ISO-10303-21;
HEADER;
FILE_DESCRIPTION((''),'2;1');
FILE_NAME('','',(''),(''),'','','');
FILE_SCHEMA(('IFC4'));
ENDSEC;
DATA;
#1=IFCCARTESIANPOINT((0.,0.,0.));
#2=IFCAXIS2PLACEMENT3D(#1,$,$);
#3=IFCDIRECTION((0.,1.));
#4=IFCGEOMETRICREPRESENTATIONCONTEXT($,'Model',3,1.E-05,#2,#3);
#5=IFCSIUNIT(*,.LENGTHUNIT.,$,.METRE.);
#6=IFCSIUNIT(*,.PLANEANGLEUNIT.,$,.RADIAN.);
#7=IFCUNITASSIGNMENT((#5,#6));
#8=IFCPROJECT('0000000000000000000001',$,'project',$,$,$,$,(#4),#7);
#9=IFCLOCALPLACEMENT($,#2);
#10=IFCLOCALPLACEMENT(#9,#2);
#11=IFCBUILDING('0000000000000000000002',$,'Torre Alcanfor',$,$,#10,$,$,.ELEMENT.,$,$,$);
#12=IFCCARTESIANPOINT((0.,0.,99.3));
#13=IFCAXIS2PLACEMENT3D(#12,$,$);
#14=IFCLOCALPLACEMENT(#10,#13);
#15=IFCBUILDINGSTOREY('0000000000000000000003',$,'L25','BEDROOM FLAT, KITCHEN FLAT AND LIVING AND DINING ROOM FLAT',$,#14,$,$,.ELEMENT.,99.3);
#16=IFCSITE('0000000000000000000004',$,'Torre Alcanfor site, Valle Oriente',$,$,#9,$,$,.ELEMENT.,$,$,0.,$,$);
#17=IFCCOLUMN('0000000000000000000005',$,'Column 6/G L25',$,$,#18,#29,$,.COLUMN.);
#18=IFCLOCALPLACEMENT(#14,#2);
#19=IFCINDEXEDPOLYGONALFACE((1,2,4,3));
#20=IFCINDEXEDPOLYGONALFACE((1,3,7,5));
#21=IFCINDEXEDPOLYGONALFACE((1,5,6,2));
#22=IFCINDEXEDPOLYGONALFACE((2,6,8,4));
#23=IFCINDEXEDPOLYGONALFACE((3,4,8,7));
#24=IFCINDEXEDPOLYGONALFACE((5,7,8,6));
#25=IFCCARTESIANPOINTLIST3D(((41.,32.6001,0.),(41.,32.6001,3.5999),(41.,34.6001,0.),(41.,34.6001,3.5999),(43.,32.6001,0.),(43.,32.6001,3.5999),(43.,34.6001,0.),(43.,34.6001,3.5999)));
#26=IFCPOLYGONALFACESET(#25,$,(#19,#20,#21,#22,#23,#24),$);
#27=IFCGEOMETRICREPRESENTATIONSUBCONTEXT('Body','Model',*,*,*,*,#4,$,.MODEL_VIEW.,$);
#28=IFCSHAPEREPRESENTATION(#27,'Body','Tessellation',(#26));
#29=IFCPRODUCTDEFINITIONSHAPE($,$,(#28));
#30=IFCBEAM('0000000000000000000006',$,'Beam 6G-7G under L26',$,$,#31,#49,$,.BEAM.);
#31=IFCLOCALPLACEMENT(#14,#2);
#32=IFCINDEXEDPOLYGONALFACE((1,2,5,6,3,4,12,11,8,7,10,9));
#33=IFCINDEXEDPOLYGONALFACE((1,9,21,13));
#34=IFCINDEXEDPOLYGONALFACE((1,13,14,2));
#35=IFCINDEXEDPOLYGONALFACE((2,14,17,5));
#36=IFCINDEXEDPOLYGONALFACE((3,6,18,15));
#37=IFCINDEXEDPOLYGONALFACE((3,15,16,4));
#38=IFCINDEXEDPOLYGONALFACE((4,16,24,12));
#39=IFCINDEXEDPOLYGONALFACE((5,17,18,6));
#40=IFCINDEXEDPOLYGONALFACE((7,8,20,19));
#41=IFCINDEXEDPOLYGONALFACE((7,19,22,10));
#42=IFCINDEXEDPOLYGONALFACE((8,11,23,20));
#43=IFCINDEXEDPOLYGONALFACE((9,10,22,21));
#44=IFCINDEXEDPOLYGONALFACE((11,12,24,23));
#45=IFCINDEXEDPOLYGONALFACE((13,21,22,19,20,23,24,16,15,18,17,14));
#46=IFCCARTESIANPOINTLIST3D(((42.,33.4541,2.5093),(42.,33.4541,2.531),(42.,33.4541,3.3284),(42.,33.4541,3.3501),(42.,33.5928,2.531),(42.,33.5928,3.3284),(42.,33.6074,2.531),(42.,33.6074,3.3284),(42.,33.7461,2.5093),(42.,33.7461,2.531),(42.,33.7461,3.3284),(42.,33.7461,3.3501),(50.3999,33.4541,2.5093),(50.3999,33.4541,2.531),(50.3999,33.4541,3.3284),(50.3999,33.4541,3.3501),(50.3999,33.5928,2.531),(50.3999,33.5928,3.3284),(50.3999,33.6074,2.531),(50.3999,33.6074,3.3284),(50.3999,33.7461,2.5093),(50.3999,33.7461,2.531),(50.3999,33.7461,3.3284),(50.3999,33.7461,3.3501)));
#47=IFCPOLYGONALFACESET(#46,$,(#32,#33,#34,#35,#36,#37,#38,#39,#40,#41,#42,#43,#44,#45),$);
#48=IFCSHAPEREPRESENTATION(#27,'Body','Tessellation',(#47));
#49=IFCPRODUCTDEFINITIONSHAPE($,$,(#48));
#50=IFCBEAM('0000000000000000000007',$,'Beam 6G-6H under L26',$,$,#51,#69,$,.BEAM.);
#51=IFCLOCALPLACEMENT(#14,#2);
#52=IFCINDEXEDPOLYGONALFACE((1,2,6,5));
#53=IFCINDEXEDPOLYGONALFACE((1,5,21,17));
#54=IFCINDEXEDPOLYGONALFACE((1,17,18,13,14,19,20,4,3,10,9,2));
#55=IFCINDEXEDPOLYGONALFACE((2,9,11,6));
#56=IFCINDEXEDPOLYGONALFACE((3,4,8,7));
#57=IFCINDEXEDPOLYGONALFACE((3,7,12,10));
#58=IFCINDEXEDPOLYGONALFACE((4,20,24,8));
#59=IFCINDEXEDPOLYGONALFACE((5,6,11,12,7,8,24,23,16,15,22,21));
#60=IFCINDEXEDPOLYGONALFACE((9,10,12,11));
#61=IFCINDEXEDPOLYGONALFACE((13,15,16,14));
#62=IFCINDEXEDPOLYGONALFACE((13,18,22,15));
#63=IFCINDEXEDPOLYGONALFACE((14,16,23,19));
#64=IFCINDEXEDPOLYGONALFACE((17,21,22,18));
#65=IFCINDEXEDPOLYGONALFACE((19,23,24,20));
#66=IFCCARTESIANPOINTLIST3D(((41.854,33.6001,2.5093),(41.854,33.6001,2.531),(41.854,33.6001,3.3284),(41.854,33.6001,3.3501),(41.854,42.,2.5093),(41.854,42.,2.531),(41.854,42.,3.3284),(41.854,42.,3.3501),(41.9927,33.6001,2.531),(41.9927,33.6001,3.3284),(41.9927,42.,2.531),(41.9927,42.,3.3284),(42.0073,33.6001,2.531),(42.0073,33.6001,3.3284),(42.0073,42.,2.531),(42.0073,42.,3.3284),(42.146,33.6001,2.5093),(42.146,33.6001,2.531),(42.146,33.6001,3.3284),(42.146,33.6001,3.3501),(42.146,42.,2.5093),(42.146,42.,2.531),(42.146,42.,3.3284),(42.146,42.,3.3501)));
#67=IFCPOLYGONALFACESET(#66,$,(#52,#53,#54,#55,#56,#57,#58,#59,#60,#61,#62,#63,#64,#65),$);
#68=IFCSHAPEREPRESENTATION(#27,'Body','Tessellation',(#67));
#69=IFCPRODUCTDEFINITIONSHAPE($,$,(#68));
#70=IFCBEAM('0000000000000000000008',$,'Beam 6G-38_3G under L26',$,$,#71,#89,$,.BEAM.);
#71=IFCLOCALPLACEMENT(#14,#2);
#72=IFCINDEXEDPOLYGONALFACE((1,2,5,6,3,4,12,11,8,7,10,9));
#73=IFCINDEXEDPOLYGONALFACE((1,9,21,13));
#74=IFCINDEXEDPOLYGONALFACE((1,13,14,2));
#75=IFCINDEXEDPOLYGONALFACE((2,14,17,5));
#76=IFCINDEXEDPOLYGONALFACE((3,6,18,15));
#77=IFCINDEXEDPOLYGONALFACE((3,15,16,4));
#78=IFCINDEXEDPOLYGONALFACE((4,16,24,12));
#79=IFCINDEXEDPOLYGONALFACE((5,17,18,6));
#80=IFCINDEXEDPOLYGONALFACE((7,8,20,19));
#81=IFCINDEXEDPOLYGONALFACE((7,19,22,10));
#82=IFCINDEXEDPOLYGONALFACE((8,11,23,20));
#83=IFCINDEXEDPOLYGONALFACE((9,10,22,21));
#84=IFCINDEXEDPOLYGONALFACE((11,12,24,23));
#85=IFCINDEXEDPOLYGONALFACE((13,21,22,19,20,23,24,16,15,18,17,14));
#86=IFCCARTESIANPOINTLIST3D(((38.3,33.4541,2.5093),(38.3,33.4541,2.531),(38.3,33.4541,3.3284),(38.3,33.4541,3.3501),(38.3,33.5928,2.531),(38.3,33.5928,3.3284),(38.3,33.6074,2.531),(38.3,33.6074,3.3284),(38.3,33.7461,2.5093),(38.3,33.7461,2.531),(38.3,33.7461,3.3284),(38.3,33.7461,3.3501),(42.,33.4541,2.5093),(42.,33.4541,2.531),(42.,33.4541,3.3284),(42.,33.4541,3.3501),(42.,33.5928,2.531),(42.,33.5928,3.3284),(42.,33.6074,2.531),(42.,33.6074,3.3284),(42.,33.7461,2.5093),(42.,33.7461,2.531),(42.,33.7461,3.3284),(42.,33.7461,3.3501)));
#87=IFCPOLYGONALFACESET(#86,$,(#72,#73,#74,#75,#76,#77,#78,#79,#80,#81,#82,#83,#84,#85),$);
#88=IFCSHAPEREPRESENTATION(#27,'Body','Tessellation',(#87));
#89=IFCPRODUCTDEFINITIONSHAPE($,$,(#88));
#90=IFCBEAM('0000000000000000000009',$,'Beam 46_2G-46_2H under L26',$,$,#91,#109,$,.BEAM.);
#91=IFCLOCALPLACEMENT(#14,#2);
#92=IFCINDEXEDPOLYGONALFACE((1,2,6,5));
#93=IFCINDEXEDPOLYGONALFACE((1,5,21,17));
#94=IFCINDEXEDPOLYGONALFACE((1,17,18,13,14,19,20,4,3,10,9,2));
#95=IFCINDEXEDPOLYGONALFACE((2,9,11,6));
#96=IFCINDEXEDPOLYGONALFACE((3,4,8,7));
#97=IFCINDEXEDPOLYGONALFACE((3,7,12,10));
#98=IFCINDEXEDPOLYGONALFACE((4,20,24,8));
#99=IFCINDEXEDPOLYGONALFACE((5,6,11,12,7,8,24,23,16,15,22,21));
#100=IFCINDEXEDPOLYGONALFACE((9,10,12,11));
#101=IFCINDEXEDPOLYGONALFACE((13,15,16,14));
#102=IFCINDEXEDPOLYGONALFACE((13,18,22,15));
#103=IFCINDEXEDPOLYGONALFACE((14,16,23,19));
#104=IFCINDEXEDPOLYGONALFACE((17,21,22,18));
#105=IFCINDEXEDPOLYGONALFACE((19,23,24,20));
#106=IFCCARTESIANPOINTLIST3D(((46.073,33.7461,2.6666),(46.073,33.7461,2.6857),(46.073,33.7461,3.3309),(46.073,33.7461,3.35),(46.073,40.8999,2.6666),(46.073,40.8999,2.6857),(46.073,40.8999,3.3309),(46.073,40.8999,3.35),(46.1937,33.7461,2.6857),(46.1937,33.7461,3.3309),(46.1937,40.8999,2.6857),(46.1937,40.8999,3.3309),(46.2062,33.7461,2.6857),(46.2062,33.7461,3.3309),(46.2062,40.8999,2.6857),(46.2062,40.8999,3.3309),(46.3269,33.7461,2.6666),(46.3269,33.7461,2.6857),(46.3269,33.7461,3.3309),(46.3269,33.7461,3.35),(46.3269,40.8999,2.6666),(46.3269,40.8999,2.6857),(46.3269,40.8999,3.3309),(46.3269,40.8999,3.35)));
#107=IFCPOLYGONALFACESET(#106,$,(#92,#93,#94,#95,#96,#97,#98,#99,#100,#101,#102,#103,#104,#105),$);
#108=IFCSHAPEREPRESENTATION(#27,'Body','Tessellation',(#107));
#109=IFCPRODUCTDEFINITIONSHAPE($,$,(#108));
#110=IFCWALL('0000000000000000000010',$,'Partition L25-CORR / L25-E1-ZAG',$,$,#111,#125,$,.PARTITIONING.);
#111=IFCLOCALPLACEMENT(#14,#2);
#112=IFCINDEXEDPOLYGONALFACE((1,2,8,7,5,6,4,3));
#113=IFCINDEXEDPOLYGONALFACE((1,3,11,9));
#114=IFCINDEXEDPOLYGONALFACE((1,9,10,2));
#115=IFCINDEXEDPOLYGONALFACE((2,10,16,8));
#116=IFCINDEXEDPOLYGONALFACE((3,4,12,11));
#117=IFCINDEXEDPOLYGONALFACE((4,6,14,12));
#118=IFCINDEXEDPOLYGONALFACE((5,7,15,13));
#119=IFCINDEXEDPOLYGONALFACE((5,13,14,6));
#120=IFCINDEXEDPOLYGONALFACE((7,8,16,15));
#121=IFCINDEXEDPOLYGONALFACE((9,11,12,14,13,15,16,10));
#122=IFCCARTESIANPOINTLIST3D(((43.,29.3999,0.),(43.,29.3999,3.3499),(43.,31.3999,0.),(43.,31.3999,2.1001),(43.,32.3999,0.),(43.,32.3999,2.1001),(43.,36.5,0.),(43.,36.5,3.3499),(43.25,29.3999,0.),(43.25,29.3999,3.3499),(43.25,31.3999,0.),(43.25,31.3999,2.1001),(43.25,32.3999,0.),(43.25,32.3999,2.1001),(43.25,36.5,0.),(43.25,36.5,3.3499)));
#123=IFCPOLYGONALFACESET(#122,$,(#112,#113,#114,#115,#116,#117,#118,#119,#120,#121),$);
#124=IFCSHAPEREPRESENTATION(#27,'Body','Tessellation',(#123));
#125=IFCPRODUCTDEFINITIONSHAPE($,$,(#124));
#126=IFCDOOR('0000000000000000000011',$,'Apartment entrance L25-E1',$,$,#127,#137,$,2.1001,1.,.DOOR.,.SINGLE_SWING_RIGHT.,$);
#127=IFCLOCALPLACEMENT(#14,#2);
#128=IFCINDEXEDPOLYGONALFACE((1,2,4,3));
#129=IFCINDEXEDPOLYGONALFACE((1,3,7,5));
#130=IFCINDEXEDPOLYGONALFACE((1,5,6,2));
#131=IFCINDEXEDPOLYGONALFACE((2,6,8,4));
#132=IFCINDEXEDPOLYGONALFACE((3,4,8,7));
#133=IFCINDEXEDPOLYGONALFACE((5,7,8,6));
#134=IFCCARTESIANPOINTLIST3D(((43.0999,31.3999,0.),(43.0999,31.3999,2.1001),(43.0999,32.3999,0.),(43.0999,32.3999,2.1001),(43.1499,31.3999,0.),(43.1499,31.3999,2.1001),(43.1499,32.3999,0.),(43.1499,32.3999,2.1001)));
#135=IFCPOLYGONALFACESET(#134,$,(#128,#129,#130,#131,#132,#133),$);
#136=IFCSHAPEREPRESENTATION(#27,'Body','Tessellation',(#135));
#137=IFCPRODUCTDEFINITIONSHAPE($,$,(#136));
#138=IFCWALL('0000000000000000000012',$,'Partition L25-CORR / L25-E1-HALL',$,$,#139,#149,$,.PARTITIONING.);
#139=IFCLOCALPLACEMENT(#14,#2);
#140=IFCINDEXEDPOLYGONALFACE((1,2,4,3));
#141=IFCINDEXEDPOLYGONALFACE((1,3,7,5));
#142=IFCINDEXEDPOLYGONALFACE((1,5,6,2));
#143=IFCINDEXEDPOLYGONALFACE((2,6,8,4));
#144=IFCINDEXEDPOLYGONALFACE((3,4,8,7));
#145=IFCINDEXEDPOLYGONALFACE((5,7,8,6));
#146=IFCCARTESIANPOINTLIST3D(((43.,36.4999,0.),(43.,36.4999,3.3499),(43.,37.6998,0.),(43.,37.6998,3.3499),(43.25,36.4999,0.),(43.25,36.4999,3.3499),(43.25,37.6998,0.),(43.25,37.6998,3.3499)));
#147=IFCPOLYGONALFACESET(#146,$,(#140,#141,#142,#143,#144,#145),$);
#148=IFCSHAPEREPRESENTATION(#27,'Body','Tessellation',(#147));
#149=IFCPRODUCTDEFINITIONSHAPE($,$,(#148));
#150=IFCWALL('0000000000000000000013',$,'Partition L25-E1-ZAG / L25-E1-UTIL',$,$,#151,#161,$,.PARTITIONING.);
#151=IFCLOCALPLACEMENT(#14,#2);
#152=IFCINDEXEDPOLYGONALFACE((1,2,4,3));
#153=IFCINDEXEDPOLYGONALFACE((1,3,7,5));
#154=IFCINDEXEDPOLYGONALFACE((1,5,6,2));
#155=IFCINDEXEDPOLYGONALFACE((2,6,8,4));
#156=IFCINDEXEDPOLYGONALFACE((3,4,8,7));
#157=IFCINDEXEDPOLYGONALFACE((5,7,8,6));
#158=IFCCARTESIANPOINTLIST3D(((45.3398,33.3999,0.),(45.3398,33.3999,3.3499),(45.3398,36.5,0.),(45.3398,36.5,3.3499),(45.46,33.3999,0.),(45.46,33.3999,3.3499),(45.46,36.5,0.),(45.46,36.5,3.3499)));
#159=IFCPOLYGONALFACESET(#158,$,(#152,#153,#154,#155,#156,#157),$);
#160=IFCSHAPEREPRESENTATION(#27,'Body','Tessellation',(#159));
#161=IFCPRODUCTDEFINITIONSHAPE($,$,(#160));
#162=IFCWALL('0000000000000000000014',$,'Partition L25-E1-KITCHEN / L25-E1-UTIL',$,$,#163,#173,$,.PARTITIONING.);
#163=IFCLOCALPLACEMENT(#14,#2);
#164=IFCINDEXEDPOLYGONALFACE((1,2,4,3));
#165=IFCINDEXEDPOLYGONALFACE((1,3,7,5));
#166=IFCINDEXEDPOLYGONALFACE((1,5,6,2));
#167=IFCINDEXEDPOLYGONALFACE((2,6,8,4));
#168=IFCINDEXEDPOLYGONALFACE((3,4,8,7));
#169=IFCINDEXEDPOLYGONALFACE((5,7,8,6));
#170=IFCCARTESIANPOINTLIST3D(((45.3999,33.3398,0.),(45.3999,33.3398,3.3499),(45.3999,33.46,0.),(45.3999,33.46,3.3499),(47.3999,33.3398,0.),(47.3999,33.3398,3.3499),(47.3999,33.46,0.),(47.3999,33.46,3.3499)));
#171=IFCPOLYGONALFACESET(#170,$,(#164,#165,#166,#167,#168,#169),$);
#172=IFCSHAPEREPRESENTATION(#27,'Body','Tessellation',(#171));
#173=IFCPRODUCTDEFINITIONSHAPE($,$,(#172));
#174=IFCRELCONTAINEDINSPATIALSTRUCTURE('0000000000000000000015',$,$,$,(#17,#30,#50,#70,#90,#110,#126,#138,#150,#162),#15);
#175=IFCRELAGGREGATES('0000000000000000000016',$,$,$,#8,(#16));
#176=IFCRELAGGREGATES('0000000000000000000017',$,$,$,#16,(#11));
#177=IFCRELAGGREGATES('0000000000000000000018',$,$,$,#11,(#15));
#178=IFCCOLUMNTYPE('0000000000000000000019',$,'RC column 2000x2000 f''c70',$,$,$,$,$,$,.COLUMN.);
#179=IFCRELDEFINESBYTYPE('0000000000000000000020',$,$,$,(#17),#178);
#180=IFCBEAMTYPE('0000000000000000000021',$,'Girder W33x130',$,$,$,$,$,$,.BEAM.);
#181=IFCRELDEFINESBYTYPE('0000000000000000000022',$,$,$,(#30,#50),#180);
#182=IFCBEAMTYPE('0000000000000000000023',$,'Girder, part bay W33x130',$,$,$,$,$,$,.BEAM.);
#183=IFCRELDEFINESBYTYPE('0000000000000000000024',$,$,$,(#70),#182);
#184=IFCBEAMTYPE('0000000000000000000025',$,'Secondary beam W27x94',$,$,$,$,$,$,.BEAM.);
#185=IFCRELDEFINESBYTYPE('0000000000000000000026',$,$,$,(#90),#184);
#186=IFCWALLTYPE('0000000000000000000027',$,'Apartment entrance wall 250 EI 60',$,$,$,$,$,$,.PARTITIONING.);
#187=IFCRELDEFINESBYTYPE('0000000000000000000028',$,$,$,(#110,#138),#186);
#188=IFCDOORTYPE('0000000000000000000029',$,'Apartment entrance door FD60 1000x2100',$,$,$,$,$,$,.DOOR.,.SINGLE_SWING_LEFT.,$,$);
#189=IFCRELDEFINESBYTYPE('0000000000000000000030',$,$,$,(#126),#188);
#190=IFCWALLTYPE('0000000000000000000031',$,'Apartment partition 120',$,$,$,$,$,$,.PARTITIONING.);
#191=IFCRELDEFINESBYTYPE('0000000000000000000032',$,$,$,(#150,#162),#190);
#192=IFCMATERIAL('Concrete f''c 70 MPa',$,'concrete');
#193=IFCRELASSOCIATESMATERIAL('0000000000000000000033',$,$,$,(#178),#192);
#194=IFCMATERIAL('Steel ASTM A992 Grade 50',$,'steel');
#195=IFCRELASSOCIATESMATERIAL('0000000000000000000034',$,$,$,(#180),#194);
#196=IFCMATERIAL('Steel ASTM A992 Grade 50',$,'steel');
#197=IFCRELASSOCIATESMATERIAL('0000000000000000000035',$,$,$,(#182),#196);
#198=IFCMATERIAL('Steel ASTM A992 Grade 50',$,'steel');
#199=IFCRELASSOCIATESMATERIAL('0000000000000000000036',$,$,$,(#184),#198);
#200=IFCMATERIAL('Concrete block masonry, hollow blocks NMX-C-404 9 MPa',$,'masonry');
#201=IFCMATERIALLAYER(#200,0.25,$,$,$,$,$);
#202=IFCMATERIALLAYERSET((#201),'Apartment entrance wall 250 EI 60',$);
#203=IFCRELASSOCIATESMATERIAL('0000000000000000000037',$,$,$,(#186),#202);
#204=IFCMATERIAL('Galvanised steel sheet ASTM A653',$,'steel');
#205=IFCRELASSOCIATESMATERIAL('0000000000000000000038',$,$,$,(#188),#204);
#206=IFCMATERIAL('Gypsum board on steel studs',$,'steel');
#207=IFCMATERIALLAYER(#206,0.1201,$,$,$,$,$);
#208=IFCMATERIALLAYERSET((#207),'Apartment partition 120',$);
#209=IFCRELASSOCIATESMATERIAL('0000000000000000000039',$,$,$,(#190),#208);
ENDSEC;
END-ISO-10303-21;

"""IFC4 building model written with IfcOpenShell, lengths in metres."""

from ifc_helpers import new_model, si_unit, direction, frame, frame_2d, origin, origin_2d, place, context, subcontext, project, spatial, rectangle, i_section, extrude, material, layer, layer_set, material_profile, profile_set, type_object, element, fill, save


model = new_model("IFC4")

# Units and contexts
model_context = context("Model", 3, precision=1e-05, world=origin(), true_north=direction((0.0, 1.0)))
body_context = subcontext(model_context, "Body", "Model", "MODEL_VIEW")
ifc_project = project(units=[si_unit("LENGTHUNIT", "METRE"), si_unit("PLANEANGLEUNIT", "RADIAN")], contexts=[model_context])

# Site, building, storey
site_placement = place(None, origin())
site = spatial("IfcSite", under=ifc_project, at=site_placement, Name="Torre Alcanfor site, Valle Oriente", CompositionType="ELEMENT", RefElevation=0.0)
building_placement = place(site_placement, origin())
building = spatial("IfcBuilding", under=site, at=building_placement, Name="Torre Alcanfor", CompositionType="ELEMENT")
storey_placement = place(building_placement, frame((0.0, 0.0, 99.3)))
storey = spatial("IfcBuildingStorey", under=building, at=storey_placement, Name="L25", Description="BEDROOM FLAT, KITCHEN FLAT AND LIVING AND DINING ROOM FLAT", CompositionType="ELEMENT", Elevation=99.3)

# Column
ifc_material_1 = material(Name="Concrete f'c 70 MPa", Category="concrete")
ifc_material_profile_1 = material_profile(ifc_material_1, rectangle(XDim=2.0, YDim=2.0, at=origin_2d()), Name="2000x2000")
ifc_profile_set_1 = profile_set([ifc_material_profile_1], Name="Concrete f'c 70 MPa")
column_type = type_object("IfcColumnType", Name="RC column 2000x2000 f'c70", PredefinedType="COLUMN", material=ifc_profile_set_1)
column_placement = place(storey_placement, frame((42.0, 33.6001, 0.0), z_axis=(0.0, 0.0, 1.0), x_axis=(1.0, 0.0, 0.0)))
element("IfcColumn", 1, at=column_placement, inside=storey, type_object=column_type, Name="Column 6/G L25", PredefinedType="COLUMN", context=body_context, shape_type="SweptSolid", body=[
    extrude(rectangle(XDim=2.0, YDim=2.0, at=origin_2d()), origin(), (0.0, 0.0, 1.0), 3.5999),
])

# Beams
ifc_material_2 = material(Name="Steel ASTM A992 Grade 50", Category="steel")
ifc_material_profile_2 = material_profile(ifc_material_2, i_section(OverallWidth=0.292, OverallDepth=0.8408, WebThickness=0.0146, FlangeThickness=0.0217, at=origin_2d()), Name="W33x130")
ifc_profile_set_2 = profile_set([ifc_material_profile_2], Name="Steel ASTM A992 Grade 50")
beam_type_1 = type_object("IfcBeamType", Name="Girder W33x130", PredefinedType="BEAM", material=ifc_profile_set_2)
for number, where, z_axis, x_axis, name in (
    (2, (42.0, 33.6001, 2.9297), (1.0, 0.0, 0.0), (0.0, 1.0, 0.0), "Beam 6G-7G under L26"),
    (3, (42.0, 33.6001, 2.9297), (0.0, 1.0, 0.0), (-1.0, 0.0, 0.0), "Beam 6G-6H under L26"),
):
    element("IfcBeam", number, at=place(storey_placement, frame(where, z_axis=z_axis, x_axis=x_axis)), inside=storey, type_object=beam_type_1, Name=name, PredefinedType="BEAM", context=body_context, shape_type="SweptSolid", body=[
        extrude(i_section(OverallWidth=0.292, OverallDepth=0.8408, WebThickness=0.0146, FlangeThickness=0.0217, at=origin_2d()), origin(), (0.0, 0.0, 1.0), 8.3999),
    ])
ifc_material_3 = material(Name="Steel ASTM A992 Grade 50", Category="steel")
ifc_material_profile_3 = material_profile(ifc_material_3, i_section(OverallWidth=0.292, OverallDepth=0.8408, WebThickness=0.0146, FlangeThickness=0.0217, at=origin_2d()), Name="W33x130")
ifc_profile_set_3 = profile_set([ifc_material_profile_3], Name="Steel ASTM A992 Grade 50")
beam_type_2 = type_object("IfcBeamType", Name="Girder, part bay W33x130", PredefinedType="BEAM", material=ifc_profile_set_3)
beam_1_placement = place(storey_placement, frame((42.0, 33.6001, 2.9297), z_axis=(-1.0, 0.0, 0.0), x_axis=(0.0, -1.0, 0.0)))
element("IfcBeam", 4, at=beam_1_placement, inside=storey, type_object=beam_type_2, Name="Beam 6G-38_3G under L26", PredefinedType="BEAM", context=body_context, shape_type="SweptSolid", body=[
    extrude(i_section(OverallWidth=0.292, OverallDepth=0.8408, WebThickness=0.0146, FlangeThickness=0.0217, at=origin_2d()), origin(), (0.0, 0.0, 1.0), 3.7),
])
ifc_material_4 = material(Name="Steel ASTM A992 Grade 50", Category="steel")
ifc_material_profile_4 = material_profile(ifc_material_4, i_section(OverallWidth=0.2539, OverallDepth=0.6833, WebThickness=0.0125, FlangeThickness=0.019, at=origin_2d()), Name="W27x94")
ifc_profile_set_4 = profile_set([ifc_material_profile_4], Name="Steel ASTM A992 Grade 50")
beam_type_3 = type_object("IfcBeamType", Name="Secondary beam W27x94", PredefinedType="BEAM", material=ifc_profile_set_4)
beam_2_placement = place(storey_placement, frame((46.2, 33.7461, 3.0083), z_axis=(0.0, 1.0, 0.0), x_axis=(-1.0, 0.0, 0.0)))
element("IfcBeam", 5, at=beam_2_placement, inside=storey, type_object=beam_type_3, Name="Beam 46_2G-46_2H under L26", PredefinedType="BEAM", context=body_context, shape_type="SweptSolid", body=[
    extrude(i_section(OverallWidth=0.2539, OverallDepth=0.6833, WebThickness=0.0125, FlangeThickness=0.019, at=origin_2d()), origin(), (0.0, 0.0, 1.0), 7.1538),
])

# Wall, opening, door
ifc_material_5 = material(Name="Concrete block masonry, hollow blocks NMX-C-404 9 MPa", Category="masonry")
ifc_layer_1 = layer(ifc_material_5, 0.25)
ifc_layer_set_1 = layer_set([ifc_layer_1], Name="Apartment entrance wall 250 EI 60")
wall_type_1 = type_object("IfcWallType", Name="Apartment entrance wall 250 EI 60", PredefinedType="PARTITIONING", material=ifc_layer_set_1)
wall_1_placement = place(storey_placement, frame((43.125, 36.5, 0.0), z_axis=(0.0, 0.0, 1.0), x_axis=(0.0, -1.0, 0.0)))
wall_1 = element("IfcWall", 6, at=wall_1_placement, inside=storey, type_object=wall_type_1, Name="Partition L25-CORR / L25-E1-ZAG", PredefinedType="PARTITIONING", context=body_context, shape_type="SweptSolid", body=[
    extrude(rectangle(XDim=7.1001, YDim=0.25, at=frame_2d((3.55, 0.0))), origin(), (0.0, 0.0, 1.0), 3.3499),
])
opening_1_placement = place(wall_1_placement, frame((4.1001, 0.0, 0.0)))
opening_1 = element("IfcOpeningElement", 7, at=opening_1_placement, cuts=wall_1, PredefinedType="OPENING", context=body_context, shape_type="SweptSolid", body=[
    extrude(rectangle(XDim=1.0, YDim=2.1001, at=frame_2d((0.5, 1.05))), frame((0.0, 0.135, 0.0), z_axis=(0.0, -1.0, 0.0), x_axis=(1.0, 0.0, 0.0)), (0.0, 0.0, 1.0), 0.27),
])
ifc_material_6 = material(Name="Galvanised steel sheet ASTM A653", Category="steel")
door_type_1 = type_object("IfcDoorType", Name="Apartment entrance door FD60 1000x2100", OperationType="SINGLE_SWING_LEFT", PredefinedType="DOOR", material=ifc_material_6)
door_1_placement = place(opening_1_placement, origin())
door_1 = element("IfcDoor", 8, at=door_1_placement, inside=storey, type_object=door_type_1, Name="Apartment entrance L25-E1", OperationType="SINGLE_SWING_RIGHT", OverallHeight=2.1001, OverallWidth=1.0, PredefinedType="DOOR", context=body_context, shape_type="SweptSolid", body=[
    extrude(rectangle(XDim=1.0, YDim=2.1001, at=frame_2d((0.5, 1.05))), frame((0.0, 0.0249, 0.0), z_axis=(0.0, -1.0, 0.0), x_axis=(1.0, 0.0, 0.0)), (0.0, 0.0, 1.0), 0.05),
])
fill(opening_1, door_1)

# Walls
wall_2_placement = place(storey_placement, frame((43.125, 37.7, 0.0), z_axis=(0.0, 0.0, 1.0), x_axis=(0.0, -1.0, 0.0)))
element("IfcWall", 9, at=wall_2_placement, inside=storey, type_object=wall_type_1, Name="Partition L25-CORR / L25-E1-HALL", PredefinedType="PARTITIONING", context=body_context, shape_type="SweptSolid", body=[
    extrude(rectangle(XDim=1.2, YDim=0.25, at=frame_2d((0.6001, 0.0))), origin(), (0.0, 0.0, 1.0), 3.3499),
])
ifc_material_7 = material(Name="Gypsum board on steel studs", Category="steel")
ifc_layer_2 = layer(ifc_material_7, 0.1201)
ifc_layer_set_2 = layer_set([ifc_layer_2], Name="Apartment partition 120")
wall_type_2 = type_object("IfcWallType", Name="Apartment partition 120", PredefinedType="PARTITIONING", material=ifc_layer_set_2)
wall_3_placement = place(storey_placement, frame((45.3999, 33.3999, 0.0), z_axis=(0.0, 0.0, 1.0), x_axis=(0.0, 1.0, 0.0)))
element("IfcWall", 10, at=wall_3_placement, inside=storey, type_object=wall_type_2, Name="Partition L25-E1-ZAG / L25-E1-UTIL", PredefinedType="PARTITIONING", context=body_context, shape_type="SweptSolid", body=[
    extrude(rectangle(XDim=3.1001, YDim=0.1201, at=frame_2d((1.55, 0.0))), origin(), (0.0, 0.0, 1.0), 3.3499),
])
wall_4_placement = place(storey_placement, frame((45.3999, 33.3999, 0.0), z_axis=(0.0, 0.0, 1.0), x_axis=(1.0, 0.0, 0.0)))
element("IfcWall", 11, at=wall_4_placement, inside=storey, type_object=wall_type_2, Name="Partition L25-E1-KITCHEN / L25-E1-UTIL", PredefinedType="PARTITIONING", context=body_context, shape_type="SweptSolid", body=[
    extrude(rectangle(XDim=2.0, YDim=0.1201, at=frame_2d((1.0, 0.0))), origin(), (0.0, 0.0, 1.0), 3.3499),
])

save(model, "model.ifc")
